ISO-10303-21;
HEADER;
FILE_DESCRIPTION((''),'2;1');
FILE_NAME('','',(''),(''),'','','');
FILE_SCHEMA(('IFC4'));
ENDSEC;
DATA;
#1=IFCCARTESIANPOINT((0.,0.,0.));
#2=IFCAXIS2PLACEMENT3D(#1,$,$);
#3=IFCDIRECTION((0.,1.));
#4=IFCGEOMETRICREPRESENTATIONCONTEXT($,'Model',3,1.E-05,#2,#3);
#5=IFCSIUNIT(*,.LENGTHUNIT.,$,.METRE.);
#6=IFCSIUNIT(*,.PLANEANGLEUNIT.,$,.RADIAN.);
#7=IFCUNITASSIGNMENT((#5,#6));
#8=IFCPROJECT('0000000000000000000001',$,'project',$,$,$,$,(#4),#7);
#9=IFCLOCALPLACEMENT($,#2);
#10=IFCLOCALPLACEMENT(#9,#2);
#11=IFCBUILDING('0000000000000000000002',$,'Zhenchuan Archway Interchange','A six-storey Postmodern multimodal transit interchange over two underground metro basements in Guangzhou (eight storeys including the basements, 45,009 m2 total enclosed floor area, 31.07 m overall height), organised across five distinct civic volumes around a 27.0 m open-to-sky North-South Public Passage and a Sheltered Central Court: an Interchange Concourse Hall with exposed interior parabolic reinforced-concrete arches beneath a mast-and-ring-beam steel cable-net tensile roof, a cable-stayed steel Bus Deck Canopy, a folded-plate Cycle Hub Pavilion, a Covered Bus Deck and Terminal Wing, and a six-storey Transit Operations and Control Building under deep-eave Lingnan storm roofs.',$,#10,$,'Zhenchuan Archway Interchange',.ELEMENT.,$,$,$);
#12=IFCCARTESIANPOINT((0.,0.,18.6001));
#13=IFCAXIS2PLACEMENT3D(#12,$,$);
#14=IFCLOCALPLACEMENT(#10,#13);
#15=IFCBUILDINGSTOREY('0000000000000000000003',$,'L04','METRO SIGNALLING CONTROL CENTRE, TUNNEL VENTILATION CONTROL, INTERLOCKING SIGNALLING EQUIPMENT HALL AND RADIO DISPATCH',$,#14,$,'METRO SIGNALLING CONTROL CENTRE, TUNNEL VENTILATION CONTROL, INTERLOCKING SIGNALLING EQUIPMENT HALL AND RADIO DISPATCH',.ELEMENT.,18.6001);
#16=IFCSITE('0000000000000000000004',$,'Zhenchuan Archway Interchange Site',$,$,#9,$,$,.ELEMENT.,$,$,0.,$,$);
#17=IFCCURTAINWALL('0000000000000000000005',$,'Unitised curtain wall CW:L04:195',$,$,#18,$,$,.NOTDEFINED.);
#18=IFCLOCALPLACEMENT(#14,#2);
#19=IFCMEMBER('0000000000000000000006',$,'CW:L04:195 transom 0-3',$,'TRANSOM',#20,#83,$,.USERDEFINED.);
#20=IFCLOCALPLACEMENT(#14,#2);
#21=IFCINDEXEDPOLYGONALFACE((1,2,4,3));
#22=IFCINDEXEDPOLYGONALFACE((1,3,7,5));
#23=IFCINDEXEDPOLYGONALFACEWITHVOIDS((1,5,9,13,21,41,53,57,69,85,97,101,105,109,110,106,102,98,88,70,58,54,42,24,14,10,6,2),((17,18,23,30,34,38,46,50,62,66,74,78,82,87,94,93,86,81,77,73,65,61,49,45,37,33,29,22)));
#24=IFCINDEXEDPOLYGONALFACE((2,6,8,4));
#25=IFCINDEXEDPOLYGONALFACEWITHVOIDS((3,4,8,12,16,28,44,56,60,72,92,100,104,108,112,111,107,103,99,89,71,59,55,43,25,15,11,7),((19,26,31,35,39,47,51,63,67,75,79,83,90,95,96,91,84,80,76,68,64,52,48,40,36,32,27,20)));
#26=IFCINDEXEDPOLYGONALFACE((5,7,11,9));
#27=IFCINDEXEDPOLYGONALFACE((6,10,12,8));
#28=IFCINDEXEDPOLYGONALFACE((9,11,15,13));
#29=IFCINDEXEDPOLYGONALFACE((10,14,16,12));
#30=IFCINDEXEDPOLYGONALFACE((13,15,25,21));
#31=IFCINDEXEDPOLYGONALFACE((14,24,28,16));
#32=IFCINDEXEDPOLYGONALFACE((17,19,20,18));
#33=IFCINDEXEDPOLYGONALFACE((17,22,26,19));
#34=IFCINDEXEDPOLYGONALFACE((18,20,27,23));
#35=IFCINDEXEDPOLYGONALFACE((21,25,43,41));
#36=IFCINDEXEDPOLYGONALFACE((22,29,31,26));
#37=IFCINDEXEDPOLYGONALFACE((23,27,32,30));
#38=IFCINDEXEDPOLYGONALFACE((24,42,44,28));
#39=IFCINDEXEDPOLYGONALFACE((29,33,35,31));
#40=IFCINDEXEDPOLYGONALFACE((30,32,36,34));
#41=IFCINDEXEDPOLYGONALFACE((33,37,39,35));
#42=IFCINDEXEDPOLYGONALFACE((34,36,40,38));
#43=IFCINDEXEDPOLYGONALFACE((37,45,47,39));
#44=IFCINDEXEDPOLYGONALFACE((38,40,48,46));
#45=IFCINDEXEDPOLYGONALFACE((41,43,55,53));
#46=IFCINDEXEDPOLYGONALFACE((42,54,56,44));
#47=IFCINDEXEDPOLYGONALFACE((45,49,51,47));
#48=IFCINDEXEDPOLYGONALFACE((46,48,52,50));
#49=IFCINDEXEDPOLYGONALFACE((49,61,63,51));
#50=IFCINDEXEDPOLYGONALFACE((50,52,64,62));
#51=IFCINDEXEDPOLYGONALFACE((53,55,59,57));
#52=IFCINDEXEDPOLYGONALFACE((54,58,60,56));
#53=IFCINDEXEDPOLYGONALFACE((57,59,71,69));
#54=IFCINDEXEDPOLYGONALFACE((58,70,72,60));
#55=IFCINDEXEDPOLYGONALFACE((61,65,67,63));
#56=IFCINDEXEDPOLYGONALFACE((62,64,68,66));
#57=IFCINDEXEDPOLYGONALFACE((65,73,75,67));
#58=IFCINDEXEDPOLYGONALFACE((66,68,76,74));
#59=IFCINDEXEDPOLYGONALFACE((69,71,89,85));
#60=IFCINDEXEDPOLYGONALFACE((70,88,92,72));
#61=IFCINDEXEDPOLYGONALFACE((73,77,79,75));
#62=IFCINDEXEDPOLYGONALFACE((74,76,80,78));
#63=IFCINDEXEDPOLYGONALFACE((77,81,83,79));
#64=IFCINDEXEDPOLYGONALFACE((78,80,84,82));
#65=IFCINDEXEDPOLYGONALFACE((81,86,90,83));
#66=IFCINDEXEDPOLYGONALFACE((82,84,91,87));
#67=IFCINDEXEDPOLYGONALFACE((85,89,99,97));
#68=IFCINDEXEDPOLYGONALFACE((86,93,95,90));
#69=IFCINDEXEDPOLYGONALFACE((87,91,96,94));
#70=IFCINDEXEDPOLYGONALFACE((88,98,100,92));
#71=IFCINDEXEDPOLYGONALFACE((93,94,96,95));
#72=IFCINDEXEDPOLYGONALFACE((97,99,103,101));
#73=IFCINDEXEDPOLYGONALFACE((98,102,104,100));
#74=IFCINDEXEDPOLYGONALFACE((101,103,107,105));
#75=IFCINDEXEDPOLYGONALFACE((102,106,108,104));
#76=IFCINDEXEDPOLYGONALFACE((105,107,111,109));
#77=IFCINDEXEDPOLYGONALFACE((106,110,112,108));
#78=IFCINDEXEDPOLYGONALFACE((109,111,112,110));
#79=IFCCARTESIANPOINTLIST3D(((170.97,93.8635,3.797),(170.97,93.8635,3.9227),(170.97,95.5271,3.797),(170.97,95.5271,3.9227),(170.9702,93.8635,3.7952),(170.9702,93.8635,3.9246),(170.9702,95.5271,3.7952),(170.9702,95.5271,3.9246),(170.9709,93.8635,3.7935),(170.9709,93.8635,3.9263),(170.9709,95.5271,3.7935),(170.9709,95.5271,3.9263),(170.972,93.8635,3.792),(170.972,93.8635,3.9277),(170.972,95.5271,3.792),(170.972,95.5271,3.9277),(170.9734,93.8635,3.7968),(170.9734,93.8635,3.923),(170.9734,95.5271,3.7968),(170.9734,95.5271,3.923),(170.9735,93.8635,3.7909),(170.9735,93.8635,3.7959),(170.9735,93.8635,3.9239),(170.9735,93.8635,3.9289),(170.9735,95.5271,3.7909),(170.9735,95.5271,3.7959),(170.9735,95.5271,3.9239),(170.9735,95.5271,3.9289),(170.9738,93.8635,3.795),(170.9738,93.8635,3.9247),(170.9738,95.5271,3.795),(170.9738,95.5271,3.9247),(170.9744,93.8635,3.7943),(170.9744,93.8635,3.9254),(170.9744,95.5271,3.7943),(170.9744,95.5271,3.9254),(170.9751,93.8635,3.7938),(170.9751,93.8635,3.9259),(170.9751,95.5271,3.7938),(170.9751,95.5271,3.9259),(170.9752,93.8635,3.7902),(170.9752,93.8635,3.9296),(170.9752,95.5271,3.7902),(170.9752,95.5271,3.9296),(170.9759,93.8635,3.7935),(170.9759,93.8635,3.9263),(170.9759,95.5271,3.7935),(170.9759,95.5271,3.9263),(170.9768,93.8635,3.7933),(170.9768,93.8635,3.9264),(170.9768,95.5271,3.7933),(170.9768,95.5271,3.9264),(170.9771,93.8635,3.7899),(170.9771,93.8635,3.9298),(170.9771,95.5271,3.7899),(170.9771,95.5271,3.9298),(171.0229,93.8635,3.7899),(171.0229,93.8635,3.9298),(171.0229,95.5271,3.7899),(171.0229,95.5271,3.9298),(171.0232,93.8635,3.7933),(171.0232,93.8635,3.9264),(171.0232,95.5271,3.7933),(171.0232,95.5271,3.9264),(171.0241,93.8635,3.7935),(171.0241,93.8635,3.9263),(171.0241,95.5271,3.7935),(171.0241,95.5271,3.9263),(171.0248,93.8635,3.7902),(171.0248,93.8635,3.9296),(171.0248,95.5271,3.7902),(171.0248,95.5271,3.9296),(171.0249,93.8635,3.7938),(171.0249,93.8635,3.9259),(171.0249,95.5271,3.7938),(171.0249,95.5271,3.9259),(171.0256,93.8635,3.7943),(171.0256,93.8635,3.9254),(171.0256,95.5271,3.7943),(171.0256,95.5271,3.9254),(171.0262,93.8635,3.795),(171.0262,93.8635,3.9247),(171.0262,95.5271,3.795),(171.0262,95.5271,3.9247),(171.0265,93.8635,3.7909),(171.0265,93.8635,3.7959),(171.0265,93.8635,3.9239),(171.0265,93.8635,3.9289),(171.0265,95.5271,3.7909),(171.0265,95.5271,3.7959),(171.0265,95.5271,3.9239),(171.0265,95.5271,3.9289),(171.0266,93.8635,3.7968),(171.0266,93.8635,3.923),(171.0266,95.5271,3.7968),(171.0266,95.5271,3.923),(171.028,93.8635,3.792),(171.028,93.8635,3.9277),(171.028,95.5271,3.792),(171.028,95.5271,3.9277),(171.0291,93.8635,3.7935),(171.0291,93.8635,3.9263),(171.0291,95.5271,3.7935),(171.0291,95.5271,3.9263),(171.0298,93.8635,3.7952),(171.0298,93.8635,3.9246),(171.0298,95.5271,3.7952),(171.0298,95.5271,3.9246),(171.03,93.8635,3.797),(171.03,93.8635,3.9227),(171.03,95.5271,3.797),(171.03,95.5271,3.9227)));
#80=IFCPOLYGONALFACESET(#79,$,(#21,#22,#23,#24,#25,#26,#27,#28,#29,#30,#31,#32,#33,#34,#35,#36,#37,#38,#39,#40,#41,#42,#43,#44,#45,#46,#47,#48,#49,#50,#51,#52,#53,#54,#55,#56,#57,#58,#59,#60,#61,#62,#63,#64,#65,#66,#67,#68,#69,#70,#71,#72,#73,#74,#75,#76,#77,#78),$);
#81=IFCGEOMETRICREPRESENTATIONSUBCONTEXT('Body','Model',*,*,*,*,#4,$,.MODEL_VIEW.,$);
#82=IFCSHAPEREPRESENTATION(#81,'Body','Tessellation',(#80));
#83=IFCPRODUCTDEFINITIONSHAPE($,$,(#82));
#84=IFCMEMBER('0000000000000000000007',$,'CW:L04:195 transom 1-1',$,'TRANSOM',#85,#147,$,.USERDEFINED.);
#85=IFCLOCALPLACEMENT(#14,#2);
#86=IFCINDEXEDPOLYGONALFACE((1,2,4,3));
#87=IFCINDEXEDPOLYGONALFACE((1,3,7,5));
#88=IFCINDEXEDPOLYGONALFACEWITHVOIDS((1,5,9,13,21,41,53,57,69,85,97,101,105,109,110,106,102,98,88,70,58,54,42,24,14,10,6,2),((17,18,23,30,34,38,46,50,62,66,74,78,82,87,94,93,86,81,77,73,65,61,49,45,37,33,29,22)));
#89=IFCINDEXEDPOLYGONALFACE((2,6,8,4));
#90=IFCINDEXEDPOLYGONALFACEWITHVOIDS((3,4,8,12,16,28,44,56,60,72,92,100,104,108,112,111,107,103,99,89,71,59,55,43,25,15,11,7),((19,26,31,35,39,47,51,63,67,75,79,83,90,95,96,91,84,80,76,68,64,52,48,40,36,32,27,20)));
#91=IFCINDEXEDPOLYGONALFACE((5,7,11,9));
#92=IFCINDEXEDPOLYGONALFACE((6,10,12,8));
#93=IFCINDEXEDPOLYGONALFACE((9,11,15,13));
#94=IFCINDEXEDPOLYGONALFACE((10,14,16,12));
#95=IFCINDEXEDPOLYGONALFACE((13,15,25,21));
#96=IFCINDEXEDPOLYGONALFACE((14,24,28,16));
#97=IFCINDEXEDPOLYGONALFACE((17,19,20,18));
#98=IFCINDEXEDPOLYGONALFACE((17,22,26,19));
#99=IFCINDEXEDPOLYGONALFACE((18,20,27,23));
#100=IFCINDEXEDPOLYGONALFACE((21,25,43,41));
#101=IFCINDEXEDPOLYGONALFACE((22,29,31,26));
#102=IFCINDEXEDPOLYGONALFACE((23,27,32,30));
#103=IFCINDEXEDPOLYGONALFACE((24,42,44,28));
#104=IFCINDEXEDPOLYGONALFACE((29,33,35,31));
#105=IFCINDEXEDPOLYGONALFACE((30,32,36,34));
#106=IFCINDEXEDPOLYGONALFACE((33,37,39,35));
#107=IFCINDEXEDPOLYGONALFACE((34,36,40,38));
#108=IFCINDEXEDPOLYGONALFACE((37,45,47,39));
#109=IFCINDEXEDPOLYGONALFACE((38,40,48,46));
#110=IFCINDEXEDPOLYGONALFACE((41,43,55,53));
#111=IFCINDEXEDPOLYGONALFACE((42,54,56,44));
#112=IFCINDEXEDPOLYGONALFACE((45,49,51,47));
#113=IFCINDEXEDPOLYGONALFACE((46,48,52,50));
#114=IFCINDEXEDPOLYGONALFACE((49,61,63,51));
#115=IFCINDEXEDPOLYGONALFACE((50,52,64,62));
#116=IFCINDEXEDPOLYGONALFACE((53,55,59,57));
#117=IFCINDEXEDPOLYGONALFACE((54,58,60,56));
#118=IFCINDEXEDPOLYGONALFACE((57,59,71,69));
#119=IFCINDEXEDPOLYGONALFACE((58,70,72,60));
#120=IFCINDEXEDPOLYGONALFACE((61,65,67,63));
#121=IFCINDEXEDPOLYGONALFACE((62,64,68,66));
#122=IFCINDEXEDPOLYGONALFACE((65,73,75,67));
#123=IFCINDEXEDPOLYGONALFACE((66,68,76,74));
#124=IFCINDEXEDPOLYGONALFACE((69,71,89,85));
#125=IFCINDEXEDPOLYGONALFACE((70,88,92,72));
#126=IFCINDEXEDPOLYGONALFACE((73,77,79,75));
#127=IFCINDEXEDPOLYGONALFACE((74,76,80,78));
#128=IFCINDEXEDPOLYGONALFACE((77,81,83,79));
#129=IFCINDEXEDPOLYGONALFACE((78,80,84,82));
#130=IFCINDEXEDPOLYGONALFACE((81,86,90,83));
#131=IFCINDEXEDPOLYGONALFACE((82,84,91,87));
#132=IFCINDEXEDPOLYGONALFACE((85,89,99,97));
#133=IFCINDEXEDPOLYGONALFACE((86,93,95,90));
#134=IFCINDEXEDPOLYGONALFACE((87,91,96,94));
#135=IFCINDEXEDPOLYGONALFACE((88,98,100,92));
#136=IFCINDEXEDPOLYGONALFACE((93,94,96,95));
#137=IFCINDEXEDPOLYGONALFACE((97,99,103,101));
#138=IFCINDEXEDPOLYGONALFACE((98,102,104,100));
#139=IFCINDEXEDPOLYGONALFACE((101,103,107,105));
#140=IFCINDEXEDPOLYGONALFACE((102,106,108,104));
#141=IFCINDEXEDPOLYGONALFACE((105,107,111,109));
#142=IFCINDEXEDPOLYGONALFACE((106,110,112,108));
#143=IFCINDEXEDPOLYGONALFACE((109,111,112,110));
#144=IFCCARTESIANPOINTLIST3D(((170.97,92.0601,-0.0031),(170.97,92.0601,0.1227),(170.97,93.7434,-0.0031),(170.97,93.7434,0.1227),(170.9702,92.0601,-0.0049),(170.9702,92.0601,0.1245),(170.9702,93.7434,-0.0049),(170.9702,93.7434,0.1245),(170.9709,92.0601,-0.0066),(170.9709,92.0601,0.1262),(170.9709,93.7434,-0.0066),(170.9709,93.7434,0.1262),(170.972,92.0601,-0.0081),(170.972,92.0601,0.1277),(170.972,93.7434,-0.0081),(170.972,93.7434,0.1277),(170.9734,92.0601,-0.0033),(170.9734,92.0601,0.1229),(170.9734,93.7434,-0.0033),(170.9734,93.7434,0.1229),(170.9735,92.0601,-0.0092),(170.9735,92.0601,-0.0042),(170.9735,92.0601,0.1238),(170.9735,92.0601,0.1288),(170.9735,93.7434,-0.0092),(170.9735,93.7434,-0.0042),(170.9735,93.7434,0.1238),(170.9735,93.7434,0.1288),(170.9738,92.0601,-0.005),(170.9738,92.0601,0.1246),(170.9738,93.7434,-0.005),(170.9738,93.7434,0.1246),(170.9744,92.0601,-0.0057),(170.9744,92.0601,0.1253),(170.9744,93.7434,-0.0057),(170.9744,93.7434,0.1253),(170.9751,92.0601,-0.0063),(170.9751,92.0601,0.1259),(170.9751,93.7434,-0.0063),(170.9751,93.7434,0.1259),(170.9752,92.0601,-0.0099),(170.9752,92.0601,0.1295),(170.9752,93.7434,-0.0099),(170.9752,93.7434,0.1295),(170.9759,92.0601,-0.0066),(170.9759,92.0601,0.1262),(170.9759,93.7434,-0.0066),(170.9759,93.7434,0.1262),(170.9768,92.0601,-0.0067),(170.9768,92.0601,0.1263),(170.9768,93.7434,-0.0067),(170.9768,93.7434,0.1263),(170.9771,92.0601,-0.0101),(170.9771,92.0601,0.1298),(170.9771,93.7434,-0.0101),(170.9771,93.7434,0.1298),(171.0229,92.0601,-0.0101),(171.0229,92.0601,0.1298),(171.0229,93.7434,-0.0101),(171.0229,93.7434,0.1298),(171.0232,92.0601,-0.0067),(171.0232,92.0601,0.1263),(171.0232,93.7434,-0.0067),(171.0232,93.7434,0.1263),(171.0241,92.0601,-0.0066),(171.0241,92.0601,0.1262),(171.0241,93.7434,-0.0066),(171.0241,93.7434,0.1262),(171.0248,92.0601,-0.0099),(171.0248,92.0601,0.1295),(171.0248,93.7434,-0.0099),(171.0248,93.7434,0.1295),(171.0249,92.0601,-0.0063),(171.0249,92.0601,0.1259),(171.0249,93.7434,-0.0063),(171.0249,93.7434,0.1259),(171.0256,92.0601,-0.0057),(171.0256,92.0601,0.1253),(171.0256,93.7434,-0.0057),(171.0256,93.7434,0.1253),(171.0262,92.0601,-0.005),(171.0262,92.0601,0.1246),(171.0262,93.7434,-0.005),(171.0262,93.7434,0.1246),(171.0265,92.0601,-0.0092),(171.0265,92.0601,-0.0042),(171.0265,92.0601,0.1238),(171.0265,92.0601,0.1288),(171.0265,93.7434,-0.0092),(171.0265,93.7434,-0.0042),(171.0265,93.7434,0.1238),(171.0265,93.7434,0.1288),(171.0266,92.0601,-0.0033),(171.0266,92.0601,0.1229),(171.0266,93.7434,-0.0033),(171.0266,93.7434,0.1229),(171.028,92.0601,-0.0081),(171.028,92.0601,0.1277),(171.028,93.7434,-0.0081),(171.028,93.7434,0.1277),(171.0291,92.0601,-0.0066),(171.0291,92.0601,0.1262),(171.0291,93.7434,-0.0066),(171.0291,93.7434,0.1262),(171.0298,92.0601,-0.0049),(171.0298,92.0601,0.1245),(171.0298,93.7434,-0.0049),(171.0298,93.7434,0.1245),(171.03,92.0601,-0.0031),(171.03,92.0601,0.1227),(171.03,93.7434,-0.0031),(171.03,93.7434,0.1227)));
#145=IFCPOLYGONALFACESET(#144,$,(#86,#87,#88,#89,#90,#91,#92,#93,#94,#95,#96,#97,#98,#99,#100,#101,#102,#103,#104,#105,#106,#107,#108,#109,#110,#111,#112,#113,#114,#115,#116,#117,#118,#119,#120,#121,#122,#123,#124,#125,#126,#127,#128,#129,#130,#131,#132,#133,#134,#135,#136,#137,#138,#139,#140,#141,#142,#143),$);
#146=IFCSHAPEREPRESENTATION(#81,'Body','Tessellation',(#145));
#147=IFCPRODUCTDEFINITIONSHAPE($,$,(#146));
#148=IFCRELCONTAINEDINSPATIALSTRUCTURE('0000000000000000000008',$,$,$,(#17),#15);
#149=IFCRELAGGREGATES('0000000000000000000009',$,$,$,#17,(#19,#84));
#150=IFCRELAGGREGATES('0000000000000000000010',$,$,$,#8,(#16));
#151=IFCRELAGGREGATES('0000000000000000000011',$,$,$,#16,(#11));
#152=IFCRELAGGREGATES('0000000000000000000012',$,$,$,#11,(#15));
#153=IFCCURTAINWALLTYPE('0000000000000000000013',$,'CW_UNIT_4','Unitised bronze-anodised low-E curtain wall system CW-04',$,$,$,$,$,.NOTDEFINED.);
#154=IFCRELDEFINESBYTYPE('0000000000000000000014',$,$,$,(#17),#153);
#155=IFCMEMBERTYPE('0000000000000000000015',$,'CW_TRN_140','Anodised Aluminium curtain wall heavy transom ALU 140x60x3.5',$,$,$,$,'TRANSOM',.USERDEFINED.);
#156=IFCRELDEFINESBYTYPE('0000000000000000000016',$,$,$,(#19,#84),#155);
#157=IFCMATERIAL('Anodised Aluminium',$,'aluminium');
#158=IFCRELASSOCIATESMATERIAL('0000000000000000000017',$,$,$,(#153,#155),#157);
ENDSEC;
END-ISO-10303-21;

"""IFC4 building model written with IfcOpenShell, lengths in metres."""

from ifc_helpers import new_model, si_unit, direction, frame, origin, origin_2d, place, context, subcontext, project, spatial, hollow_rectangle, extrude, material, material_profile, profile_set, type_object, element, aggregate, save


model = new_model("IFC4")

# Units and contexts
model_context = context("Model", 3, precision=1e-05, world=origin(), true_north=direction((0.0, 1.0)))
body_context = subcontext(model_context, "Body", "Model", "MODEL_VIEW")
ifc_project = project(units=[si_unit("LENGTHUNIT", "METRE"), si_unit("PLANEANGLEUNIT", "RADIAN")], contexts=[model_context])

# Site, building, storey
site_placement = place(None, origin())
site = spatial("IfcSite", under=ifc_project, at=site_placement, Name="Zhenchuan Archway Interchange Site", CompositionType="ELEMENT", RefElevation=0.0)
building_placement = place(site_placement, origin())
building = spatial("IfcBuilding", under=site, at=building_placement, Name="Zhenchuan Archway Interchange", Description="A six-storey Postmodern multimodal transit interchange over two underground metro basements in Guangzhou (eight storeys including the basements, 45,009 m2 total enclosed floor area, 31.07 m overall height), organised across five distinct civic volumes around a 27.0 m open-to-sky North-South Public Passage and a Sheltered Central Court: an Interchange Concourse Hall with exposed interior parabolic reinforced-concrete arches beneath a mast-and-ring-beam steel cable-net tensile roof, a cable-stayed steel Bus Deck Canopy, a folded-plate Cycle Hub Pavilion, a Covered Bus Deck and Terminal Wing, and a six-storey Transit Operations and Control Building under deep-eave Lingnan storm roofs.", LongName="Zhenchuan Archway Interchange", CompositionType="ELEMENT")
storey_placement = place(building_placement, frame((0.0, 0.0, 18.6001)))
storey = spatial("IfcBuildingStorey", under=building, at=storey_placement, Name="L04", Description="METRO SIGNALLING CONTROL CENTRE, TUNNEL VENTILATION CONTROL, INTERLOCKING SIGNALLING EQUIPMENT HALL AND RADIO DISPATCH", LongName="METRO SIGNALLING CONTROL CENTRE, TUNNEL VENTILATION CONTROL, INTERLOCKING SIGNALLING EQUIPMENT HALL AND RADIO DISPATCH", CompositionType="ELEMENT", Elevation=18.6001)

# Curtain wall, members
ifc_material_1 = material(Name="Anodised Aluminium", Category="aluminium")
curtain_wall_type = type_object("IfcCurtainWallType", Name="CW_UNIT_4", Description="Unitised bronze-anodised low-E curtain wall system CW-04", PredefinedType="NOTDEFINED", material=ifc_material_1)
curtain_wall_placement = place(storey_placement, origin())
curtain_wall = element("IfcCurtainWall", 1, at=curtain_wall_placement, inside=storey, type_object=curtain_wall_type, Name="Unitised curtain wall CW:L04:195", PredefinedType="NOTDEFINED")
ifc_material_profile_1 = material_profile(ifc_material_1, hollow_rectangle(XDim=0.0601, YDim=0.1399, WallThickness=0.0034, InnerFilletRadius=0.0034, OuterFilletRadius=0.0071, at=origin_2d()), Name="ALU 140x60x3.5")
ifc_profile_set_1 = profile_set([ifc_material_profile_1], Name="Anodised Aluminium")
member_type_1 = type_object("IfcMemberType", Name="CW_TRN_140", Description="Anodised Aluminium curtain wall heavy transom ALU 140x60x3.5", ElementType="TRANSOM", PredefinedType="USERDEFINED", material=ifc_profile_set_1)
member_1_placement = place(storey_placement, frame((171.0, 95.5271, 3.8599), z_axis=(0.0, -1.0, 0.0), x_axis=(1.0, 0.0, 0.0)))
member_1 = element("IfcMember", 2, at=member_1_placement, type_object=member_type_1, Name="CW:L04:195 transom 0-3", ObjectType="TRANSOM", PredefinedType="USERDEFINED", context=body_context, shape_type="SweptSolid", body=[
    extrude(hollow_rectangle(XDim=0.0601, YDim=0.1399, WallThickness=0.0034, InnerFilletRadius=0.0034, OuterFilletRadius=0.0071, at=origin_2d()), origin(), (0.0, 0.0, 1.0), 1.6636),
])
member_2_placement = place(storey_placement, frame((171.0, 93.7434, 0.0598), z_axis=(0.0, -1.0, 0.0), x_axis=(1.0, 0.0, 0.0)))
member_2 = element("IfcMember", 3, at=member_2_placement, type_object=member_type_1, Name="CW:L04:195 transom 1-1", ObjectType="TRANSOM", PredefinedType="USERDEFINED", context=body_context, shape_type="SweptSolid", body=[
    extrude(hollow_rectangle(XDim=0.0601, YDim=0.1399, WallThickness=0.0034, InnerFilletRadius=0.0034, OuterFilletRadius=0.0071, at=origin_2d()), origin(), (0.0, 0.0, 1.0), 1.6833),
])
aggregate(curtain_wall, [member_1, member_2])

save(model, "model.ifc")
